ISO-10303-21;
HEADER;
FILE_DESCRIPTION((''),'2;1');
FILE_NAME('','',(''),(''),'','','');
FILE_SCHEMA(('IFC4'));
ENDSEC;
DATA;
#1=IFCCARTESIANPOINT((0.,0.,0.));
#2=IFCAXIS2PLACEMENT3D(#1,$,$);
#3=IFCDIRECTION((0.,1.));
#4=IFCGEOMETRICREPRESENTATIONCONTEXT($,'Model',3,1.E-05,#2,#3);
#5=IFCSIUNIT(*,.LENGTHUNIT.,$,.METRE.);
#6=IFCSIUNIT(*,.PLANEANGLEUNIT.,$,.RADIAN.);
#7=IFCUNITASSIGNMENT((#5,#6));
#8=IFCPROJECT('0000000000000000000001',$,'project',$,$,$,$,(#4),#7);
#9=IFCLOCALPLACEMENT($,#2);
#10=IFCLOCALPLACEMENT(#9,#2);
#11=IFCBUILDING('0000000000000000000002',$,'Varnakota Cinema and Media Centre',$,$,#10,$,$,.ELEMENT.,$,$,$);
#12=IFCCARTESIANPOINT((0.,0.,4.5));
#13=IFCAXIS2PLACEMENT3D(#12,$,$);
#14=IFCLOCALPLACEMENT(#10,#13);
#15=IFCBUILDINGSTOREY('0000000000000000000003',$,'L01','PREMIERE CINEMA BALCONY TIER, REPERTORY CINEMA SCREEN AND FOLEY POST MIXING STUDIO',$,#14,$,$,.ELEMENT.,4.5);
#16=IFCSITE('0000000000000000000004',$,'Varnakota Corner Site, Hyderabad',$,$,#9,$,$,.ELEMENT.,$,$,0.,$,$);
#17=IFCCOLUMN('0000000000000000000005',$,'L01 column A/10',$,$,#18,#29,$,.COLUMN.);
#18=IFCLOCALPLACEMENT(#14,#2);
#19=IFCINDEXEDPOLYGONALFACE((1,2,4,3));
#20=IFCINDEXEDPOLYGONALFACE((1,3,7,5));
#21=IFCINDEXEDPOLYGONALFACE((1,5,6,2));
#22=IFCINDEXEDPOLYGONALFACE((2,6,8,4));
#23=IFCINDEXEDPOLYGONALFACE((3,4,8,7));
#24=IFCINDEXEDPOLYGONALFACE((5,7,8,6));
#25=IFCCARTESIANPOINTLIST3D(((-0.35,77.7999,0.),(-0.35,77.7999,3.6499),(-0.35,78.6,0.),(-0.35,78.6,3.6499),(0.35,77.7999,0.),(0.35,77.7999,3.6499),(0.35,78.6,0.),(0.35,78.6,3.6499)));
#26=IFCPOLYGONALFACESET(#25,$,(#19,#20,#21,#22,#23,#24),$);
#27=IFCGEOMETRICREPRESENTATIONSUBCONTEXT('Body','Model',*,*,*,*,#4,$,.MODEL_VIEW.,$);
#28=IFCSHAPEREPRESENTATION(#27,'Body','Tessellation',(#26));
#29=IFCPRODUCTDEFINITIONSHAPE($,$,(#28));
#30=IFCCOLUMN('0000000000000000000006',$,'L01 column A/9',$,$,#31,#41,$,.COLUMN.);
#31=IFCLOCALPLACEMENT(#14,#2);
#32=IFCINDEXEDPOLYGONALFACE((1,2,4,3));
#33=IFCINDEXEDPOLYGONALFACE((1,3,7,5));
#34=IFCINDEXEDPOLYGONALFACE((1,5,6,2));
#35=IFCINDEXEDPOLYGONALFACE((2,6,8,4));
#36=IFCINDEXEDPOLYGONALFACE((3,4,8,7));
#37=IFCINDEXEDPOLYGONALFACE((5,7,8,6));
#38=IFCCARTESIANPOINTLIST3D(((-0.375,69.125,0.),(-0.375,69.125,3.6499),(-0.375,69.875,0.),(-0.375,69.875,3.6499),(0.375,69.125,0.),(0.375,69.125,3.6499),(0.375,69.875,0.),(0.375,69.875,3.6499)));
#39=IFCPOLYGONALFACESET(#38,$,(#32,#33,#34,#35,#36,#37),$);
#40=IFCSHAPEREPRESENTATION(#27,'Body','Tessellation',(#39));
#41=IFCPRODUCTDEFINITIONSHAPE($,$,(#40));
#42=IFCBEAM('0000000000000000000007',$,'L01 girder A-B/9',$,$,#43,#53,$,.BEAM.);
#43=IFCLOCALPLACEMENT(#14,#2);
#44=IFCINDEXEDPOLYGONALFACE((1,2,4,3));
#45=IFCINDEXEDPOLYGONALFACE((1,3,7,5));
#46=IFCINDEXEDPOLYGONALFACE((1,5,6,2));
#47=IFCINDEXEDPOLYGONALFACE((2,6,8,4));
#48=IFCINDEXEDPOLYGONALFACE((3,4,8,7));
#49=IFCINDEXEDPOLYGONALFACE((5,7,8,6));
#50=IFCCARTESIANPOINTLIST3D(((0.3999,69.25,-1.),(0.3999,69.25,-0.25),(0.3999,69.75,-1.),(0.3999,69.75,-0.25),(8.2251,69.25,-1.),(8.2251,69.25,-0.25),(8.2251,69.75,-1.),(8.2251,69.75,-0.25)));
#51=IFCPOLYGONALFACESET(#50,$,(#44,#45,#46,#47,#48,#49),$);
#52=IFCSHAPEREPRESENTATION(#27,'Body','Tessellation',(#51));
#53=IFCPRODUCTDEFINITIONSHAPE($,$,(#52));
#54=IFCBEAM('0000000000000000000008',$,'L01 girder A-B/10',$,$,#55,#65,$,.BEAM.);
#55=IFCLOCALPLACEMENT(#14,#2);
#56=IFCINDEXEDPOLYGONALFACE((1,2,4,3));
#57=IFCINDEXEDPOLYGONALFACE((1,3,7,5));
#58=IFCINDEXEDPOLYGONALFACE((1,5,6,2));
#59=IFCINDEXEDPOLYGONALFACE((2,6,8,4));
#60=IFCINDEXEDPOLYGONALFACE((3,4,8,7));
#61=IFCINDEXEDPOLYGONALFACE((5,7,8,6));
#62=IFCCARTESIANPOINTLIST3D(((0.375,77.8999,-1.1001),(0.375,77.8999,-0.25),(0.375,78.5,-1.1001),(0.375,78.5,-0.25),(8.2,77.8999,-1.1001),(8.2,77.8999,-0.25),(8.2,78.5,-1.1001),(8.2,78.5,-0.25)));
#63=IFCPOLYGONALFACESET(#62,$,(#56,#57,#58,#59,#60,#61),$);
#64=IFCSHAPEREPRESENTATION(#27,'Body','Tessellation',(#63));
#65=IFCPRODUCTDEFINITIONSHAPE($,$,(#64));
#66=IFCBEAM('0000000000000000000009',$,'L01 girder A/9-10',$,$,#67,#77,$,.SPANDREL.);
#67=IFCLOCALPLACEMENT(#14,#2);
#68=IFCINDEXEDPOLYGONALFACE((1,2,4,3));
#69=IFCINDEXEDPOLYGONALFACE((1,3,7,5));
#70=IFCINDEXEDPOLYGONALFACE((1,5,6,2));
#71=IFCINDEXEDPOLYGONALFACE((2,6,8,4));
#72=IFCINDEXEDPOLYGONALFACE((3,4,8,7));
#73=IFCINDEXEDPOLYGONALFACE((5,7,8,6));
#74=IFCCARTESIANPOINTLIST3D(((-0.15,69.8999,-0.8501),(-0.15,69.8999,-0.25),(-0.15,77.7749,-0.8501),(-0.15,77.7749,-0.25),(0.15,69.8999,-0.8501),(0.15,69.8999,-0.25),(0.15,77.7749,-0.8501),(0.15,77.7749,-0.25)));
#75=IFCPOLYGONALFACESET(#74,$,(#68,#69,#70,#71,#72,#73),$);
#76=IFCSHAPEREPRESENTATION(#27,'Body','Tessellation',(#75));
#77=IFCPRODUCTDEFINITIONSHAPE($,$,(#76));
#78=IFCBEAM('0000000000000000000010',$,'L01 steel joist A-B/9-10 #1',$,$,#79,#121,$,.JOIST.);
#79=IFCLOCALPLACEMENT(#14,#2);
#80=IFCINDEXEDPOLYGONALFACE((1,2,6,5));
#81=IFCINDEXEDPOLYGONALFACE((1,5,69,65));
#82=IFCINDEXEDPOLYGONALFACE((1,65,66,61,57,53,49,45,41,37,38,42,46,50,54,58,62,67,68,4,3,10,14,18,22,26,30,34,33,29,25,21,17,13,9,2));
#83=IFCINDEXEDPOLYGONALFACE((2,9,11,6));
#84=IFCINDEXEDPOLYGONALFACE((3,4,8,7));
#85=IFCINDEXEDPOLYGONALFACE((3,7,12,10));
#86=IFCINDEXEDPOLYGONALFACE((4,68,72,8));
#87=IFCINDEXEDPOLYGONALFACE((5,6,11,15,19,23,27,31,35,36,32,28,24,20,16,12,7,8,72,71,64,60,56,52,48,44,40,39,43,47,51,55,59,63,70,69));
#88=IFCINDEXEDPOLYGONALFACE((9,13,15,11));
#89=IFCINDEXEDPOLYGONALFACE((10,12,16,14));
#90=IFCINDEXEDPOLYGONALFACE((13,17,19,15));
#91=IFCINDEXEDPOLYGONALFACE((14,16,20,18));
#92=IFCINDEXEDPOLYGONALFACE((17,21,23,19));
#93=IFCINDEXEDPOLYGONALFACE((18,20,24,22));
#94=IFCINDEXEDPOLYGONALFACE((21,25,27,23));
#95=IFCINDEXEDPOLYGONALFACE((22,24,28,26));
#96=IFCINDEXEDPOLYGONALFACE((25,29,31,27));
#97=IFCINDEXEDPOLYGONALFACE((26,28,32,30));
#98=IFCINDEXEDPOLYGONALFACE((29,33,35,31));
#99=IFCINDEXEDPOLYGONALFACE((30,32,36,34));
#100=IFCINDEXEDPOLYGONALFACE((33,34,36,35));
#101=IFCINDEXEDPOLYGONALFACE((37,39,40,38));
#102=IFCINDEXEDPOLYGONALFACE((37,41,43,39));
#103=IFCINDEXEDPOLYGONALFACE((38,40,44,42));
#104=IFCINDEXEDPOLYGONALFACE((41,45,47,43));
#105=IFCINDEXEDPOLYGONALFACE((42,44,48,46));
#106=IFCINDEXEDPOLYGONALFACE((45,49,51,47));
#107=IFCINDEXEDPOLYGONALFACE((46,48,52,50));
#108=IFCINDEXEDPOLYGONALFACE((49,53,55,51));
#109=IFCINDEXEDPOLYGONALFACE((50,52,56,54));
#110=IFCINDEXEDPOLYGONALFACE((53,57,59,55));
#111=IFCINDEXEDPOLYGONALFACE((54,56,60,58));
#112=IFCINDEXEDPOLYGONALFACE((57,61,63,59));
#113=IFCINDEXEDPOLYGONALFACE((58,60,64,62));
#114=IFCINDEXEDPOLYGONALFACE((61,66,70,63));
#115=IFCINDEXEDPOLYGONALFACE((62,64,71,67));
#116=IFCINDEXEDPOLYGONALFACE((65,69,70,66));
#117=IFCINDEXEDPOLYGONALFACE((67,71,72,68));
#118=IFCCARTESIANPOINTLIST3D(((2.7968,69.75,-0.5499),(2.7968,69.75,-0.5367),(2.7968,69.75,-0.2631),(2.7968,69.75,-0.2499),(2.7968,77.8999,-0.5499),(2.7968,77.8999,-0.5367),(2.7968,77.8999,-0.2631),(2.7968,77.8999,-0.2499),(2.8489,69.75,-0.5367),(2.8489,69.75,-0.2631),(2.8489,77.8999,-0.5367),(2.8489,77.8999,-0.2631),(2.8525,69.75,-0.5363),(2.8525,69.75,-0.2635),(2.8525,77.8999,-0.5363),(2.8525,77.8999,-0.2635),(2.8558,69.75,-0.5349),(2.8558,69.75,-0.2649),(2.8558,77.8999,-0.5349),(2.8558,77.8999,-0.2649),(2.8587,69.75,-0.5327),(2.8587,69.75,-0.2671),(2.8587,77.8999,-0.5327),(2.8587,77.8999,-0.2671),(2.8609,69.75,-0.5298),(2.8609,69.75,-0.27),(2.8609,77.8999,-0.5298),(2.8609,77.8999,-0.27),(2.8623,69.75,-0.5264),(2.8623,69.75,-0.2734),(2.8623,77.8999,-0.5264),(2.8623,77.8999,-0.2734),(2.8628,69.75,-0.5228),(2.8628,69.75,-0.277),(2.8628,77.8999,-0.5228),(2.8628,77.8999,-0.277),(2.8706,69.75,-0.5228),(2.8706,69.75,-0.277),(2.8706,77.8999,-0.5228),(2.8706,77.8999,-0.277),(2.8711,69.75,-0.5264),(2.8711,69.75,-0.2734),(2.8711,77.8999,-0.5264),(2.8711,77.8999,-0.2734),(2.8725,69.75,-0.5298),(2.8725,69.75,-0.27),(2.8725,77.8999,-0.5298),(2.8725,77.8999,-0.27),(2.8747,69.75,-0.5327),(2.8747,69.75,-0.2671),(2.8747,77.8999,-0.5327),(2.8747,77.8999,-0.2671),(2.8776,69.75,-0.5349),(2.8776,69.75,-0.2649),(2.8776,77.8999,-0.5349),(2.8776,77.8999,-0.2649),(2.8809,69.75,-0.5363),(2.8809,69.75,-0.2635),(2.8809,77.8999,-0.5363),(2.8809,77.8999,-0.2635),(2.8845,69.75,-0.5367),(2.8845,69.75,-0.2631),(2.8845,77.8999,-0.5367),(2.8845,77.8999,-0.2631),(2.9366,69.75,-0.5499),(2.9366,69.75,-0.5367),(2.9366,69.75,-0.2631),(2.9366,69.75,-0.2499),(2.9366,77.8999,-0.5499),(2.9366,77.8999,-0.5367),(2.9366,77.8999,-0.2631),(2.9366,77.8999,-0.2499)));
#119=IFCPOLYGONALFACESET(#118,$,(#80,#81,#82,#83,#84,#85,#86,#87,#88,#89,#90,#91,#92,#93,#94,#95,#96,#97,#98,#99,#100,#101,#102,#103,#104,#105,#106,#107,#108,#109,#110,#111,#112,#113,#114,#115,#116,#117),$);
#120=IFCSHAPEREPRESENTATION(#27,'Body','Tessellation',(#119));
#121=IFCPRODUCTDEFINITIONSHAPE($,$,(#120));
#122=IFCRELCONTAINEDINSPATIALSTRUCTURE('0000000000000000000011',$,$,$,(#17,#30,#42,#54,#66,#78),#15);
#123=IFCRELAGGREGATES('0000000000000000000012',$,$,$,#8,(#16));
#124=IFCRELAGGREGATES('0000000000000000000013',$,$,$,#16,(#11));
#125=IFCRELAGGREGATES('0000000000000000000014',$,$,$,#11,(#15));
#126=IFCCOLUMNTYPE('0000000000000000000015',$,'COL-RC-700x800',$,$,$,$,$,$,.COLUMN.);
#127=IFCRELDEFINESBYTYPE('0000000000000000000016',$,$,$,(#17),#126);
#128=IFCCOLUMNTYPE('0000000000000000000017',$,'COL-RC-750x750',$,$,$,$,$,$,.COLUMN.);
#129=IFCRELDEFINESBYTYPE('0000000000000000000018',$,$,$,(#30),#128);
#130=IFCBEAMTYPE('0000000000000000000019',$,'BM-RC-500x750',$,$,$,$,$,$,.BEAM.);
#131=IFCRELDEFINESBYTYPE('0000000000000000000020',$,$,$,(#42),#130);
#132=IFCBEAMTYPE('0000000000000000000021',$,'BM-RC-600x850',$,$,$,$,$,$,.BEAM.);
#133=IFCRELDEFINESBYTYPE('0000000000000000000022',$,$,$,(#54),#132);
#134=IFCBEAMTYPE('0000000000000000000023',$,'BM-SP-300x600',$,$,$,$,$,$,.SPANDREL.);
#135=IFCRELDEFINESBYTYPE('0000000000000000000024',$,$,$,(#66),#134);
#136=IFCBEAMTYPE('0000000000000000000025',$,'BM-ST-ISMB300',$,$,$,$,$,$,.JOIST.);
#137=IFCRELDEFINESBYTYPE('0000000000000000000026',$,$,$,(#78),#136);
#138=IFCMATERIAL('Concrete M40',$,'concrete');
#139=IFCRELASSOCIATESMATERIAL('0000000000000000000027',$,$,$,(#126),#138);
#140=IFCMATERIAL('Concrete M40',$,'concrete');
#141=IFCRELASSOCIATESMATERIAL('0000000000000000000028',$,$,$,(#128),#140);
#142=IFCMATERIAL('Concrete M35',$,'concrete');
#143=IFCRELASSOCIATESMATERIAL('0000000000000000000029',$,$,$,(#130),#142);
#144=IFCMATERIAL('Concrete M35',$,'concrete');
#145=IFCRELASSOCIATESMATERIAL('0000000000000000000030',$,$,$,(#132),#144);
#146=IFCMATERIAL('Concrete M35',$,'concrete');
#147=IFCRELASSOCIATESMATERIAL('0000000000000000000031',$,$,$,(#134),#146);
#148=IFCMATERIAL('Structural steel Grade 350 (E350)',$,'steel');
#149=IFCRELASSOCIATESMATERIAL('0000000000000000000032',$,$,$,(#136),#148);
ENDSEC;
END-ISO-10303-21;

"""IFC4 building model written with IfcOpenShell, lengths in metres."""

from ifc_helpers import new_model, si_unit, direction, frame, origin, origin_2d, place, context, subcontext, project, spatial, rectangle, i_section, extrude, material, material_profile, profile_set, type_object, element, save


model = new_model("IFC4")

# Units and contexts
model_context = context("Model", 3, precision=1e-05, world=origin(), true_north=direction((0.0, 1.0)))
body_context = subcontext(model_context, "Body", "Model", "MODEL_VIEW")
ifc_project = project(units=[si_unit("LENGTHUNIT", "METRE"), si_unit("PLANEANGLEUNIT", "RADIAN")], contexts=[model_context])

# Site, building, storey
site_placement = place(None, origin())
site = spatial("IfcSite", under=ifc_project, at=site_placement, Name="Varnakota Corner Site, Hyderabad", CompositionType="ELEMENT", RefElevation=0.0)
building_placement = place(site_placement, origin())
building = spatial("IfcBuilding", under=site, at=building_placement, Name="Varnakota Cinema and Media Centre", CompositionType="ELEMENT")
storey_placement = place(building_placement, frame((0.0, 0.0, 4.5)))
storey = spatial("IfcBuildingStorey", under=building, at=storey_placement, Name="L01", Description="PREMIERE CINEMA BALCONY TIER, REPERTORY CINEMA SCREEN AND FOLEY POST MIXING STUDIO", CompositionType="ELEMENT", Elevation=4.5)

# Columns
ifc_material_1 = material(Name="Concrete M40", Category="concrete")
ifc_material_profile_1 = material_profile(ifc_material_1, rectangle(XDim=0.7, YDim=0.8, at=origin_2d()), Name="RC 700x800")
ifc_profile_set_1 = profile_set([ifc_material_profile_1], Name="Concrete M40")
column_type_1 = type_object("IfcColumnType", Name="COL-RC-700x800", PredefinedType="COLUMN", material=ifc_profile_set_1)
column_1_placement = place(storey_placement, frame((0.0, 78.2, 0.0), z_axis=(0.0, 0.0, 1.0), x_axis=(1.0, 0.0, 0.0)))
element("IfcColumn", 1, at=column_1_placement, inside=storey, type_object=column_type_1, Name="L01 column A/10", PredefinedType="COLUMN", context=body_context, shape_type="SweptSolid", body=[
    extrude(rectangle(XDim=0.7, YDim=0.8, at=origin_2d()), origin(), (0.0, 0.0, 1.0), 3.6499),
])
ifc_material_2 = material(Name="Concrete M40", Category="concrete")
ifc_material_profile_2 = material_profile(ifc_material_2, rectangle(XDim=0.75, YDim=0.75, at=origin_2d()), Name="RC 750x750")
ifc_profile_set_2 = profile_set([ifc_material_profile_2], Name="Concrete M40")
column_type_2 = type_object("IfcColumnType", Name="COL-RC-750x750", PredefinedType="COLUMN", material=ifc_profile_set_2)
column_2_placement = place(storey_placement, frame((0.0, 69.5, 0.0), z_axis=(0.0, 0.0, 1.0), x_axis=(1.0, 0.0, 0.0)))
element("IfcColumn", 2, at=column_2_placement, inside=storey, type_object=column_type_2, Name="L01 column A/9", PredefinedType="COLUMN", context=body_context, shape_type="SweptSolid", body=[
    extrude(rectangle(XDim=0.75, YDim=0.75, at=origin_2d()), origin(), (0.0, 0.0, 1.0), 3.6499),
])

# Beams
ifc_material_3 = material(Name="Concrete M35", Category="concrete")
ifc_material_profile_3 = material_profile(ifc_material_3, rectangle(XDim=0.5, YDim=0.75, at=origin_2d()), Name="RCB 500x750")
ifc_profile_set_3 = profile_set([ifc_material_profile_3], Name="Concrete M35")
beam_type_1 = type_object("IfcBeamType", Name="BM-RC-500x750", PredefinedType="BEAM", material=ifc_profile_set_3)
beam_1_placement = place(storey_placement, frame((0.3999, 69.5, -0.625), z_axis=(1.0, 0.0, 0.0), x_axis=(0.0, 1.0, 0.0)))
element("IfcBeam", 3, at=beam_1_placement, inside=storey, type_object=beam_type_1, Name="L01 girder A-B/9", PredefinedType="BEAM", context=body_context, shape_type="SweptSolid", body=[
    extrude(rectangle(XDim=0.5, YDim=0.75, at=origin_2d()), origin(), (0.0, 0.0, 1.0), 7.8252),
])
ifc_material_4 = material(Name="Concrete M35", Category="concrete")
ifc_material_profile_4 = material_profile(ifc_material_4, rectangle(XDim=0.6001, YDim=0.8501, at=origin_2d()), Name="RCB 600x850")
ifc_profile_set_4 = profile_set([ifc_material_profile_4], Name="Concrete M35")
beam_type_2 = type_object("IfcBeamType", Name="BM-RC-600x850", PredefinedType="BEAM", material=ifc_profile_set_4)
beam_2_placement = place(storey_placement, frame((0.375, 78.2, -0.675), z_axis=(1.0, 0.0, 0.0), x_axis=(0.0, 1.0, 0.0)))
element("IfcBeam", 4, at=beam_2_placement, inside=storey, type_object=beam_type_2, Name="L01 girder A-B/10", PredefinedType="BEAM", context=body_context, shape_type="SweptSolid", body=[
    extrude(rectangle(XDim=0.6001, YDim=0.8501, at=origin_2d()), origin(), (0.0, 0.0, 1.0), 7.825),
])
ifc_material_5 = material(Name="Concrete M35", Category="concrete")
ifc_material_profile_5 = material_profile(ifc_material_5, rectangle(XDim=0.3, YDim=0.6001, at=origin_2d()), Name="RCB 300x600")
ifc_profile_set_5 = profile_set([ifc_material_profile_5], Name="Concrete M35")
beam_type_3 = type_object("IfcBeamType", Name="BM-SP-300x600", PredefinedType="SPANDREL", material=ifc_profile_set_5)
beam_3_placement = place(storey_placement, frame((0.0, 69.8999, -0.55), z_axis=(0.0, 1.0, 0.0), x_axis=(-1.0, 0.0, 0.0)))
element("IfcBeam", 5, at=beam_3_placement, inside=storey, type_object=beam_type_3, Name="L01 girder A/9-10", PredefinedType="SPANDREL", context=body_context, shape_type="SweptSolid", body=[
    extrude(rectangle(XDim=0.3, YDim=0.6001, at=origin_2d()), origin(), (0.0, 0.0, 1.0), 7.875),
])
ifc_material_6 = material(Name="Structural steel Grade 350 (E350)", Category="steel")
ifc_material_profile_6 = material_profile(ifc_material_6, i_section(OverallWidth=0.1399, OverallDepth=0.3, WebThickness=0.0078, FlangeThickness=0.0132, FilletRadius=0.0139, at=origin_2d()), Name="ISMB 300")
ifc_profile_set_6 = profile_set([ifc_material_profile_6], Name="Structural steel Grade 350 (E350)")
beam_type_4 = type_object("IfcBeamType", Name="BM-ST-ISMB300", PredefinedType="JOIST", material=ifc_profile_set_6)
beam_4_placement = place(storey_placement, frame((2.8667, 69.75, -0.3999), z_axis=(0.0, 1.0, 0.0), x_axis=(-1.0, 0.0, 0.0)))
element("IfcBeam", 6, at=beam_4_placement, inside=storey, type_object=beam_type_4, Name="L01 steel joist A-B/9-10 #1", PredefinedType="JOIST", context=body_context, shape_type="SweptSolid", body=[
    extrude(i_section(OverallWidth=0.1399, OverallDepth=0.3, WebThickness=0.0078, FlangeThickness=0.0132, FilletRadius=0.0139, at=origin_2d()), origin(), (0.0, 0.0, 1.0), 8.1499),
])

save(model, "model.ifc")
